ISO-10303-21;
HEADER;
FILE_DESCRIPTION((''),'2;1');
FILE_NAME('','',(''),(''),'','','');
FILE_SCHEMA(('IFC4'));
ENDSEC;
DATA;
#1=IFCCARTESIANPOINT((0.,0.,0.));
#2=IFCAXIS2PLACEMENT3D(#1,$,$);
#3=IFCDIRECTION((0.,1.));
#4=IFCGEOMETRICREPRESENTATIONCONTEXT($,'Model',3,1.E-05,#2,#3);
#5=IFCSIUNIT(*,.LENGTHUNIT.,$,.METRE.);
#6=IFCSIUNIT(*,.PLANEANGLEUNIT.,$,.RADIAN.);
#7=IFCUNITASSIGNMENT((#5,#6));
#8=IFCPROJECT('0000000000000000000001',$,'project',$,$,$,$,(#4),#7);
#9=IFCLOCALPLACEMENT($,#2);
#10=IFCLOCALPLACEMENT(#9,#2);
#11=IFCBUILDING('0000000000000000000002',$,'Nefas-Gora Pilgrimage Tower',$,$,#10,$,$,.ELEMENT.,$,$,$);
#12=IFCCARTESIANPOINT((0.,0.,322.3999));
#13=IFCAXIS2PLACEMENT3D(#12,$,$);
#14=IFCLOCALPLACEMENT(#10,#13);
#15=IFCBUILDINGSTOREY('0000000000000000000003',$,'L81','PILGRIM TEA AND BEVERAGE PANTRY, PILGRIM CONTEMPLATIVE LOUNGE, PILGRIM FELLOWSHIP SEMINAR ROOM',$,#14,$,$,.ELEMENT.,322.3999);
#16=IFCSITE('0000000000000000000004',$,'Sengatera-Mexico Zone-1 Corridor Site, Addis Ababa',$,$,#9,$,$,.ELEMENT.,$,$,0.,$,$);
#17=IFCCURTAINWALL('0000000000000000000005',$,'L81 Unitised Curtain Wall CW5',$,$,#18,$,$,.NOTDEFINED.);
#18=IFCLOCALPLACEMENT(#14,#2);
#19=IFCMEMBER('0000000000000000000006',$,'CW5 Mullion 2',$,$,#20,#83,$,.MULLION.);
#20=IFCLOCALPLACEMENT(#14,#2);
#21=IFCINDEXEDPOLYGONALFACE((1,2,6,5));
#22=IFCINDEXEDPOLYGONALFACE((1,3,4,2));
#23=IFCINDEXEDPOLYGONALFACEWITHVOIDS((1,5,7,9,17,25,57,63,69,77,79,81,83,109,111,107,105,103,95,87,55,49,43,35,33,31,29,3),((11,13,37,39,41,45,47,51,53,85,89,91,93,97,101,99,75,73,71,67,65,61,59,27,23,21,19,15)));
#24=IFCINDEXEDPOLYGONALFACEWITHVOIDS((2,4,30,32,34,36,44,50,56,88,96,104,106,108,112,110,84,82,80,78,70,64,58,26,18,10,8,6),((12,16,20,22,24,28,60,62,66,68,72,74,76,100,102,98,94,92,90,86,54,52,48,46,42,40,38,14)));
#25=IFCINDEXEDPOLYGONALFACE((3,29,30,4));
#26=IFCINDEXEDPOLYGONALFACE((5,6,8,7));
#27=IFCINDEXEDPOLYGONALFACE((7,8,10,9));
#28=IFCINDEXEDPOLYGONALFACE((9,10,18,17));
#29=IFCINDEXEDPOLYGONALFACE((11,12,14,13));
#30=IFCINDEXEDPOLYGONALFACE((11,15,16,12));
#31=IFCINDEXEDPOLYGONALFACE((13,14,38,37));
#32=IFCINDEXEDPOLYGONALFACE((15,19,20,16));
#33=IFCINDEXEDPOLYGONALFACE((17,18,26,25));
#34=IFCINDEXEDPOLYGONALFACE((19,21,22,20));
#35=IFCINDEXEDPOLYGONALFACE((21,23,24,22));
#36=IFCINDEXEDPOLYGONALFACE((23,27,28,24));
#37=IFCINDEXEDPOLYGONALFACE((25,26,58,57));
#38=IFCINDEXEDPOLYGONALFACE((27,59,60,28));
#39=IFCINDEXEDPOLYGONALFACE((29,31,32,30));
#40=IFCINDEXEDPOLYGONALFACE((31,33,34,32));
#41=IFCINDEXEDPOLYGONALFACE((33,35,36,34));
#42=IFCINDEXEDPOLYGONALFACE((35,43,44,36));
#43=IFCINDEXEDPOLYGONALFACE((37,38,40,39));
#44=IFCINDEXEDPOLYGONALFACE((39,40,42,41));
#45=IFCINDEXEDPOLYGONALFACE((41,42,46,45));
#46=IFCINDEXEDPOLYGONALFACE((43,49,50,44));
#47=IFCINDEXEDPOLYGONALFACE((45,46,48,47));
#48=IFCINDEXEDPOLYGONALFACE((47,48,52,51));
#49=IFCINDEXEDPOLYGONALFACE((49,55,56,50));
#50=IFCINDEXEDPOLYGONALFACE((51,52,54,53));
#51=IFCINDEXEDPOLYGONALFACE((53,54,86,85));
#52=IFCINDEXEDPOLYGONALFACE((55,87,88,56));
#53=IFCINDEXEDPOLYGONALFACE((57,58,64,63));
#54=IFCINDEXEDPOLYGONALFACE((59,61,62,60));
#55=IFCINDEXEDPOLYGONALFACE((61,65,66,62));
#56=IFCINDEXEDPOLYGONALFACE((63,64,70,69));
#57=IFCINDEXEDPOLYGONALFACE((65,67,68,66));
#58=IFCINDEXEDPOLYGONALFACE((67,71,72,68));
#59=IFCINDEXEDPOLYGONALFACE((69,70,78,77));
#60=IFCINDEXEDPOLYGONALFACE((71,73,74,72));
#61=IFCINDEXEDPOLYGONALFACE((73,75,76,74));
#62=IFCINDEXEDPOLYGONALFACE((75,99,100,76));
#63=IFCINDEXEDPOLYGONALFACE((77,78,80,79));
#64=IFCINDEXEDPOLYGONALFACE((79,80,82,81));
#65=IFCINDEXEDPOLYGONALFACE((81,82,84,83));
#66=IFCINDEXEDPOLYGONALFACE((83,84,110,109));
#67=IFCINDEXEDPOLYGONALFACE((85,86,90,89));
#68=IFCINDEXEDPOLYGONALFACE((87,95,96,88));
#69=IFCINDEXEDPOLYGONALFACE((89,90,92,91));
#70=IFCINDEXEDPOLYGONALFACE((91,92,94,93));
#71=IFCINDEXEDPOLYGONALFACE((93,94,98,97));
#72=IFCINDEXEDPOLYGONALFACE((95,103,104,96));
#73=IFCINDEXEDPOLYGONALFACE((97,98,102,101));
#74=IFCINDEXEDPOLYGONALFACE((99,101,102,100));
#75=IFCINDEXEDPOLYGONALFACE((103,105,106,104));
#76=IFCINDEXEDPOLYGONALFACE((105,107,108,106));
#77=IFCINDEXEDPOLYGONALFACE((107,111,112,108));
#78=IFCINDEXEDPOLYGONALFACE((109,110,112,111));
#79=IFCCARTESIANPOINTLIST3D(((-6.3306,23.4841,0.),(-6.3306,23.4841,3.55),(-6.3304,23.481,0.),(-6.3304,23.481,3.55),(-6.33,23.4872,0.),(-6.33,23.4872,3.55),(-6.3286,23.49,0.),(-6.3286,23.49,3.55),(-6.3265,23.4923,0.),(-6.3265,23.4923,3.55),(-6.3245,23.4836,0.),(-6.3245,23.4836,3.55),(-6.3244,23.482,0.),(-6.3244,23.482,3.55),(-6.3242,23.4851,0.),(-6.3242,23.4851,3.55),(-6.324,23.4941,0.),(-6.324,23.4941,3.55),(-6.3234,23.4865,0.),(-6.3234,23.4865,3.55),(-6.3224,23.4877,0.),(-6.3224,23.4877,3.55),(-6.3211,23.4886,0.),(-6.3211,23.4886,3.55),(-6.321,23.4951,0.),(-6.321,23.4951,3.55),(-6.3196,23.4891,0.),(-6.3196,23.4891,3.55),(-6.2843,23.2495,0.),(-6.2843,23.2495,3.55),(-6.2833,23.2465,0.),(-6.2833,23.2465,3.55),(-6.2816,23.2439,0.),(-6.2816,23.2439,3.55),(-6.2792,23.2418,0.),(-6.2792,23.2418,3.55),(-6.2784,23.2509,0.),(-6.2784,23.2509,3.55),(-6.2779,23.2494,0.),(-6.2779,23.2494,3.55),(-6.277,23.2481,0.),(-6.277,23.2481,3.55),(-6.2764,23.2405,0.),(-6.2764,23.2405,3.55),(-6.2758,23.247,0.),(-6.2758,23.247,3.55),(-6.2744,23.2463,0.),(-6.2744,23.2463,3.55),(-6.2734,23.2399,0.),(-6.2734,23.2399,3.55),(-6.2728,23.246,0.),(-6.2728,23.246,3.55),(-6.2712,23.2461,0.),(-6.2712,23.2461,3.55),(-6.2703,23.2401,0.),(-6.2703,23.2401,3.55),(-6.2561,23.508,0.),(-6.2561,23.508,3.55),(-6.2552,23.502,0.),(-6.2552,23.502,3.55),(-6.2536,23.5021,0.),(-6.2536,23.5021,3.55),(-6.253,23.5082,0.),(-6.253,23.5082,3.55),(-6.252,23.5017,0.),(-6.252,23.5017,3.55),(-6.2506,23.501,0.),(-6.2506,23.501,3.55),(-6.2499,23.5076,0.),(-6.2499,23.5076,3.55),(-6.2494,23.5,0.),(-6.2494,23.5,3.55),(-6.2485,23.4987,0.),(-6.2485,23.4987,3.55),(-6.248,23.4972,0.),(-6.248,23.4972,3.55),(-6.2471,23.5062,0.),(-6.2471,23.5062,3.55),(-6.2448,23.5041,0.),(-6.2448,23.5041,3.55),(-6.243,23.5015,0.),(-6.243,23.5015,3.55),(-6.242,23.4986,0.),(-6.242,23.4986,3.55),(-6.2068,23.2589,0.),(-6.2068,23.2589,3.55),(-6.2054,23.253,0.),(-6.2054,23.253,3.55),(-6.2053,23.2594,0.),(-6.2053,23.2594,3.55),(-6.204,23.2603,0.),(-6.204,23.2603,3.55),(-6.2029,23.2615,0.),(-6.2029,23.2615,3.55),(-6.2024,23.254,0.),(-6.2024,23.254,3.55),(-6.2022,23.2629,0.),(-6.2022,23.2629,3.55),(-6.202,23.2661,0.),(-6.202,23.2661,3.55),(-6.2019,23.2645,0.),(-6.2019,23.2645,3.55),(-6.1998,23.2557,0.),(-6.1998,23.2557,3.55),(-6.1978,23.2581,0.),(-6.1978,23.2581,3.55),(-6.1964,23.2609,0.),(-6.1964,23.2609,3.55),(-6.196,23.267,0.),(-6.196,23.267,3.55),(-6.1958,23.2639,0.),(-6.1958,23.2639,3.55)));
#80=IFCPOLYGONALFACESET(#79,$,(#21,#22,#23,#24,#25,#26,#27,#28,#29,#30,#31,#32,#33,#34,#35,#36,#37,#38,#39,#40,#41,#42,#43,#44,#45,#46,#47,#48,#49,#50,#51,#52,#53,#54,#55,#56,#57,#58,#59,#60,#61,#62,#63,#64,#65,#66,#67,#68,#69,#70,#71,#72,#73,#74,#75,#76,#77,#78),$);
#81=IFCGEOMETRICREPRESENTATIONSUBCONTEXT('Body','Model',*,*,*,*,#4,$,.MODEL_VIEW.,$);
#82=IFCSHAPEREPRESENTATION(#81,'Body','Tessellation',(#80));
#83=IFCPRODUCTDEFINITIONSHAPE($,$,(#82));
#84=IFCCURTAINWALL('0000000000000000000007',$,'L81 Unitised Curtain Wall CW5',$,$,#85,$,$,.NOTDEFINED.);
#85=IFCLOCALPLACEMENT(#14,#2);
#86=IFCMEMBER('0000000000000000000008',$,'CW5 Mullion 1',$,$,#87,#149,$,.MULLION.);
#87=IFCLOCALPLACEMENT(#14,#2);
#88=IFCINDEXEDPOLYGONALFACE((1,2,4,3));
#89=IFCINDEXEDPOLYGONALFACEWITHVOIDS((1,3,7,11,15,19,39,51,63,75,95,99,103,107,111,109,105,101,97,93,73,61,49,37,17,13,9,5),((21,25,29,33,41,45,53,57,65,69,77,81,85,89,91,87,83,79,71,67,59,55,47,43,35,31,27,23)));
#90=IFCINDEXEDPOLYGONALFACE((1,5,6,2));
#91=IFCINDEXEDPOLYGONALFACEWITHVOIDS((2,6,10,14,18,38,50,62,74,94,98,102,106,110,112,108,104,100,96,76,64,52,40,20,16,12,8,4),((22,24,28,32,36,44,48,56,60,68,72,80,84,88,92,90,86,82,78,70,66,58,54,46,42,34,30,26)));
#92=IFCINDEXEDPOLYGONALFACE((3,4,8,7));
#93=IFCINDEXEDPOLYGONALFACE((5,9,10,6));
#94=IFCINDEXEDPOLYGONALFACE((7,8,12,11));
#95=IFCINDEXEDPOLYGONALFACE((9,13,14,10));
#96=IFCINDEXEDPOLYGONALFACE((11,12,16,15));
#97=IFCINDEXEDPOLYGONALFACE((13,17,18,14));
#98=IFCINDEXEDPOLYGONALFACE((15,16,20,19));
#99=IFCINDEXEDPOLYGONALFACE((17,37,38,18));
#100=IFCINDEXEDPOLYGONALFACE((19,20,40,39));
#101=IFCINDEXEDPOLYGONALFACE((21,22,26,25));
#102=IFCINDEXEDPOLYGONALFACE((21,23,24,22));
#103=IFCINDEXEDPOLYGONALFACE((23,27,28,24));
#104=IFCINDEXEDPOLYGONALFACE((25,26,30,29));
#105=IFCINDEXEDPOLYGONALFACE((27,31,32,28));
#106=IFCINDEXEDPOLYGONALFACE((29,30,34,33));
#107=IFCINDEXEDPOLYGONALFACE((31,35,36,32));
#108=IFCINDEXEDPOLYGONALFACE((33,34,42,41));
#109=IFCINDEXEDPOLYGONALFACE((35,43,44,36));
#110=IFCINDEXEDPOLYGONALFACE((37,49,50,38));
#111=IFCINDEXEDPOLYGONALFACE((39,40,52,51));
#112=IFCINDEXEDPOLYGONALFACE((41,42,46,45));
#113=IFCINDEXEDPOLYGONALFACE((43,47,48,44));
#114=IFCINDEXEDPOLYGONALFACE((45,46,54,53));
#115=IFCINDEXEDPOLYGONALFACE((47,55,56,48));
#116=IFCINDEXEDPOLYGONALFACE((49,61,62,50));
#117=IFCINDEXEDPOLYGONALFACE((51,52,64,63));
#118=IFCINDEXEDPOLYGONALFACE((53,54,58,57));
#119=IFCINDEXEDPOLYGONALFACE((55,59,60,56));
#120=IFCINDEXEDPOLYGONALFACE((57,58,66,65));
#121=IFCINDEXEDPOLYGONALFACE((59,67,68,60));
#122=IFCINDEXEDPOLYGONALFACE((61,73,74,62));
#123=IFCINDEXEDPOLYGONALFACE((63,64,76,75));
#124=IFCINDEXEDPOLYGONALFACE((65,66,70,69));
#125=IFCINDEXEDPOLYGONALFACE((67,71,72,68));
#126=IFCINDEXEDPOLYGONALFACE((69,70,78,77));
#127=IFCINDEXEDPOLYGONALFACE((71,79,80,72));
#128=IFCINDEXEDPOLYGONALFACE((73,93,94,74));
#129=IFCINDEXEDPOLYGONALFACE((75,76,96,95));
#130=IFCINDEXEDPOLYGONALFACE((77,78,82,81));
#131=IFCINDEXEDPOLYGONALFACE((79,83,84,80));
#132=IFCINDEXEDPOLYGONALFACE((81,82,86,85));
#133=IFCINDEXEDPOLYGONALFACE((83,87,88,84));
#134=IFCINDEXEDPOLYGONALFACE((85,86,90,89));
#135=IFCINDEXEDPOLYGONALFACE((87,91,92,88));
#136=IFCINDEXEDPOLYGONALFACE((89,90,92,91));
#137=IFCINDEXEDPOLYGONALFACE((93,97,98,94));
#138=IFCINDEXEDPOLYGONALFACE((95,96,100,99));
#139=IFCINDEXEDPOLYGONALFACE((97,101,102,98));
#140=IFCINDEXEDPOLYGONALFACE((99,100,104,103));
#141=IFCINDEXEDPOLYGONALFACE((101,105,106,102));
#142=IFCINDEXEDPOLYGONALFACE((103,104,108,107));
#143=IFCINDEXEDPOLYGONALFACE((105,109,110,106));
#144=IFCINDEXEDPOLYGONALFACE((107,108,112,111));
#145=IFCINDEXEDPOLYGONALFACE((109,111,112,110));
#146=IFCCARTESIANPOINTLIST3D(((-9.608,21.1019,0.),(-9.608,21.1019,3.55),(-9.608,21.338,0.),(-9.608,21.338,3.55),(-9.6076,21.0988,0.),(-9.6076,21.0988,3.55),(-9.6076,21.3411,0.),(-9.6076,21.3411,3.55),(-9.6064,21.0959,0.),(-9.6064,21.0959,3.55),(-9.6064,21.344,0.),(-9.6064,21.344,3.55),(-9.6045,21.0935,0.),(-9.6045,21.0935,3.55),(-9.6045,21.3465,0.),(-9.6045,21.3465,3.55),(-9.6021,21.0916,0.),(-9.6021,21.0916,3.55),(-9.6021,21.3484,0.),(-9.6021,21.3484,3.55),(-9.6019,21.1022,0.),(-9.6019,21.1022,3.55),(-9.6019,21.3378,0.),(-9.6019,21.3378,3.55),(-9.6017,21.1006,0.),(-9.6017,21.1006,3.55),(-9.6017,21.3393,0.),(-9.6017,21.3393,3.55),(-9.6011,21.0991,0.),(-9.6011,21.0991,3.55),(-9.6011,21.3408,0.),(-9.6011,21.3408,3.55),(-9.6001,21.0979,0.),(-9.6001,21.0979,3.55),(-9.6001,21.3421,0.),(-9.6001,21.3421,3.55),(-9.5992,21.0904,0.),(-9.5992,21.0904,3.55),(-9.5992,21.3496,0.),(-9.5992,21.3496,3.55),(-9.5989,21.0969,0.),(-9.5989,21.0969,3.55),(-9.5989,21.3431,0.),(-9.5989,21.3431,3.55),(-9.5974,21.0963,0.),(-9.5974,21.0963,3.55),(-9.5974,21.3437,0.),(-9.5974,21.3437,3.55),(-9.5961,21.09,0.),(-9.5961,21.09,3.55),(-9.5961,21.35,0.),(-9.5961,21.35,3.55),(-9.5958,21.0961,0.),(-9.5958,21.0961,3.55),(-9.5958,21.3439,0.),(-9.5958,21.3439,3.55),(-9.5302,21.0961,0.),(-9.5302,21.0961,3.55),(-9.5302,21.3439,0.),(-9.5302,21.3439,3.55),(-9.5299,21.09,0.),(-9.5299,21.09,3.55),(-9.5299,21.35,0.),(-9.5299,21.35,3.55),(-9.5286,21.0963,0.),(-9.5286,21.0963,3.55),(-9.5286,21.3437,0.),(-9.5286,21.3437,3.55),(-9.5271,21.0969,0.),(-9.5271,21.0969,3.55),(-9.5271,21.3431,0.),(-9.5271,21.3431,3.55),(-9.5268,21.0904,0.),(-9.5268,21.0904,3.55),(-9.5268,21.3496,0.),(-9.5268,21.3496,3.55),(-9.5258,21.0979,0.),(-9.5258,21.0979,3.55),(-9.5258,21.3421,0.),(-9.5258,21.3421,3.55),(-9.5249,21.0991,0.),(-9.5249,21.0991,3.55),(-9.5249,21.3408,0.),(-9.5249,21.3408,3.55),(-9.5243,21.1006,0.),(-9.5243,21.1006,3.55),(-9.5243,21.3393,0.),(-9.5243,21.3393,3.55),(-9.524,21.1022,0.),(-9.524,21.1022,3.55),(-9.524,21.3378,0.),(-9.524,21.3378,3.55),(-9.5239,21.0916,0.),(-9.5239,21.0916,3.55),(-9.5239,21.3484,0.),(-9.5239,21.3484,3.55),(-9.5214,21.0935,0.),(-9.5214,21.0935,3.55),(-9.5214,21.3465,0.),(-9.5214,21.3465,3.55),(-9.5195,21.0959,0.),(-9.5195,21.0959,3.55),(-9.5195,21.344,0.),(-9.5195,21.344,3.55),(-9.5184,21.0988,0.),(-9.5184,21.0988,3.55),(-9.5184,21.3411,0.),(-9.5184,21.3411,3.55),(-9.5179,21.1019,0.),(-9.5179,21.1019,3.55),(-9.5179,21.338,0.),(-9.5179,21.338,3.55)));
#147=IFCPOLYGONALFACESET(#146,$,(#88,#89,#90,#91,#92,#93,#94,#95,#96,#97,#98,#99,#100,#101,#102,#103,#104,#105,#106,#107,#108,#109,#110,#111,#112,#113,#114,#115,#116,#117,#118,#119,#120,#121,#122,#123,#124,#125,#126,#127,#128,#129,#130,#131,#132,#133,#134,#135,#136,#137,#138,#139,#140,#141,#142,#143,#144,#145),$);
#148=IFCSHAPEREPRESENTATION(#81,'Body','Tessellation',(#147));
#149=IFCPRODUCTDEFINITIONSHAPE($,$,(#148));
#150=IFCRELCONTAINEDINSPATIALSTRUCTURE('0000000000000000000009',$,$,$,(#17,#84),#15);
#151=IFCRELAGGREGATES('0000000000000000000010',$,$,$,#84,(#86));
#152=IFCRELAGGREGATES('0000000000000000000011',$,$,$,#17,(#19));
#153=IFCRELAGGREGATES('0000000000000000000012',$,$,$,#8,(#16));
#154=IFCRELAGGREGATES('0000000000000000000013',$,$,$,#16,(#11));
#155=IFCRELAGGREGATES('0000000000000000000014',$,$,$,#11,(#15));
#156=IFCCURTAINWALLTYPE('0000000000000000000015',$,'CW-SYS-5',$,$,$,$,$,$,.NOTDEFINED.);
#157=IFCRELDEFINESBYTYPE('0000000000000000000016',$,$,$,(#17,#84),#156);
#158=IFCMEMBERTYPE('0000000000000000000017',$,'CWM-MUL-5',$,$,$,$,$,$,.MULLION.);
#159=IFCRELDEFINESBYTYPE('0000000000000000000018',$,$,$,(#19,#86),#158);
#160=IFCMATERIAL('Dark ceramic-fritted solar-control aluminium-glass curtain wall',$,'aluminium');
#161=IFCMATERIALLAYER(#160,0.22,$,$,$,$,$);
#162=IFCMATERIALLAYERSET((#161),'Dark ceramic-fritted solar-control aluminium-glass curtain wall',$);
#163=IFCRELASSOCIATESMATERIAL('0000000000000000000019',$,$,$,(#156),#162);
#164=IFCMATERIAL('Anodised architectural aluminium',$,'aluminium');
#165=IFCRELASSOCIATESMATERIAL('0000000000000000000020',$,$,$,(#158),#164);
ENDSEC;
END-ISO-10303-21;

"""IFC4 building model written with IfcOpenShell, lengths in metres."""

from ifc_helpers import new_model, si_unit, direction, frame, origin, origin_2d, place, context, subcontext, project, spatial, hollow_rectangle, extrude, source, transform, mapped, material, layer, layer_set, material_profile, profile_set, type_object, element, aggregate, save


model = new_model("IFC4")

# Units and contexts
model_context = context("Model", 3, precision=1e-05, world=origin(), true_north=direction((0.0, 1.0)))
body_context = subcontext(model_context, "Body", "Model", "MODEL_VIEW")
ifc_project = project(units=[si_unit("LENGTHUNIT", "METRE"), si_unit("PLANEANGLEUNIT", "RADIAN")], contexts=[model_context])

# Site, building, storey
site_placement = place(None, origin())
site = spatial("IfcSite", under=ifc_project, at=site_placement, Name="Sengatera-Mexico Zone-1 Corridor Site, Addis Ababa", CompositionType="ELEMENT", RefElevation=0.0)
building_placement = place(site_placement, origin())
building = spatial("IfcBuilding", under=site, at=building_placement, Name="Nefas-Gora Pilgrimage Tower", CompositionType="ELEMENT")
storey_placement = place(building_placement, frame((0.0, 0.0, 322.3999)))
storey = spatial("IfcBuildingStorey", under=building, at=storey_placement, Name="L81", Description="PILGRIM TEA AND BEVERAGE PANTRY, PILGRIM CONTEMPLATIVE LOUNGE, PILGRIM FELLOWSHIP SEMINAR ROOM", CompositionType="ELEMENT", Elevation=322.3999)

# Curtain wall, member
ifc_material_1 = material(Name="Dark ceramic-fritted solar-control aluminium-glass curtain wall", Category="aluminium")
ifc_layer_1 = layer(ifc_material_1, 0.22)
ifc_layer_set_1 = layer_set([ifc_layer_1], Name="Dark ceramic-fritted solar-control aluminium-glass curtain wall")
curtain_wall_type = type_object("IfcCurtainWallType", Name="CW-SYS-5", PredefinedType="NOTDEFINED", material=ifc_layer_set_1)
curtain_wall_1_placement = place(storey_placement, origin())
curtain_wall_1 = element("IfcCurtainWall", 1, at=curtain_wall_1_placement, inside=storey, type_object=curtain_wall_type, Name="L81 Unitised Curtain Wall CW5", PredefinedType="NOTDEFINED")
ifc_material_2 = material(Name="Anodised architectural aluminium", Category="aluminium")
ifc_material_profile_1 = material_profile(ifc_material_2, hollow_rectangle(XDim=0.0901, YDim=0.26, WallThickness=0.0061, InnerFilletRadius=0.0061, OuterFilletRadius=0.012, at=origin_2d()), Name="ALU MULLION 90x260")
ifc_profile_set_1 = profile_set([ifc_material_profile_1], Name="Anodised architectural aluminium")
member_type_1 = type_object("IfcMemberType", Name="CWM-MUL-5", PredefinedType="MULLION", material=ifc_profile_set_1)
shared_shape_1 = source(origin(), body_context, "Body", "SweptSolid", [
    extrude(hollow_rectangle(XDim=0.0901, YDim=0.26, WallThickness=0.0061, InnerFilletRadius=0.0061, OuterFilletRadius=0.012, at=origin_2d()), origin(), (0.0, 0.0, 1.0), 3.55),
])
member_1_placement = place(storey_placement, frame((-6.2632, 23.374, 0.0), z_axis=(0.0, 0.0, 1.0), x_axis=(-0.980783, -0.195102, 0.0)))
member_1 = element("IfcMember", 2, at=member_1_placement, type_object=member_type_1, Name="CW5 Mullion 2", PredefinedType="MULLION", context=body_context, shape_type="MappedRepresentation", body=[
    mapped(shared_shape_1, transform((0.0, 0.0, 0.0), x_axis=(1.0, 0.0, 0.0), y_axis=(0.0, 1.0, 0.0), z_axis=(0.0, 0.0, 1.0), scale=1.0)),
])

# Curtain wall, member
curtain_wall_2_placement = place(storey_placement, origin())
curtain_wall_2 = element("IfcCurtainWall", 3, at=curtain_wall_2_placement, inside=storey, type_object=curtain_wall_type, Name="L81 Unitised Curtain Wall CW5", PredefinedType="NOTDEFINED")
member_2_placement = place(storey_placement, frame((-9.563, 21.22, 0.0), z_axis=(0.0, 0.0, 1.0), x_axis=(-1.0, 0.0, 0.0)))
member_2 = element("IfcMember", 4, at=member_2_placement, type_object=member_type_1, Name="CW5 Mullion 1", PredefinedType="MULLION", context=body_context, shape_type="MappedRepresentation", body=[
    mapped(shared_shape_1, transform((0.0, 0.0, 0.0), x_axis=(1.0, 0.0, 0.0), y_axis=(0.0, 1.0, 0.0), z_axis=(0.0, 0.0, 1.0), scale=1.0)),
])
aggregate(curtain_wall_2, [member_2])

aggregate(curtain_wall_1, [member_1])

save(model, "model.ifc")
